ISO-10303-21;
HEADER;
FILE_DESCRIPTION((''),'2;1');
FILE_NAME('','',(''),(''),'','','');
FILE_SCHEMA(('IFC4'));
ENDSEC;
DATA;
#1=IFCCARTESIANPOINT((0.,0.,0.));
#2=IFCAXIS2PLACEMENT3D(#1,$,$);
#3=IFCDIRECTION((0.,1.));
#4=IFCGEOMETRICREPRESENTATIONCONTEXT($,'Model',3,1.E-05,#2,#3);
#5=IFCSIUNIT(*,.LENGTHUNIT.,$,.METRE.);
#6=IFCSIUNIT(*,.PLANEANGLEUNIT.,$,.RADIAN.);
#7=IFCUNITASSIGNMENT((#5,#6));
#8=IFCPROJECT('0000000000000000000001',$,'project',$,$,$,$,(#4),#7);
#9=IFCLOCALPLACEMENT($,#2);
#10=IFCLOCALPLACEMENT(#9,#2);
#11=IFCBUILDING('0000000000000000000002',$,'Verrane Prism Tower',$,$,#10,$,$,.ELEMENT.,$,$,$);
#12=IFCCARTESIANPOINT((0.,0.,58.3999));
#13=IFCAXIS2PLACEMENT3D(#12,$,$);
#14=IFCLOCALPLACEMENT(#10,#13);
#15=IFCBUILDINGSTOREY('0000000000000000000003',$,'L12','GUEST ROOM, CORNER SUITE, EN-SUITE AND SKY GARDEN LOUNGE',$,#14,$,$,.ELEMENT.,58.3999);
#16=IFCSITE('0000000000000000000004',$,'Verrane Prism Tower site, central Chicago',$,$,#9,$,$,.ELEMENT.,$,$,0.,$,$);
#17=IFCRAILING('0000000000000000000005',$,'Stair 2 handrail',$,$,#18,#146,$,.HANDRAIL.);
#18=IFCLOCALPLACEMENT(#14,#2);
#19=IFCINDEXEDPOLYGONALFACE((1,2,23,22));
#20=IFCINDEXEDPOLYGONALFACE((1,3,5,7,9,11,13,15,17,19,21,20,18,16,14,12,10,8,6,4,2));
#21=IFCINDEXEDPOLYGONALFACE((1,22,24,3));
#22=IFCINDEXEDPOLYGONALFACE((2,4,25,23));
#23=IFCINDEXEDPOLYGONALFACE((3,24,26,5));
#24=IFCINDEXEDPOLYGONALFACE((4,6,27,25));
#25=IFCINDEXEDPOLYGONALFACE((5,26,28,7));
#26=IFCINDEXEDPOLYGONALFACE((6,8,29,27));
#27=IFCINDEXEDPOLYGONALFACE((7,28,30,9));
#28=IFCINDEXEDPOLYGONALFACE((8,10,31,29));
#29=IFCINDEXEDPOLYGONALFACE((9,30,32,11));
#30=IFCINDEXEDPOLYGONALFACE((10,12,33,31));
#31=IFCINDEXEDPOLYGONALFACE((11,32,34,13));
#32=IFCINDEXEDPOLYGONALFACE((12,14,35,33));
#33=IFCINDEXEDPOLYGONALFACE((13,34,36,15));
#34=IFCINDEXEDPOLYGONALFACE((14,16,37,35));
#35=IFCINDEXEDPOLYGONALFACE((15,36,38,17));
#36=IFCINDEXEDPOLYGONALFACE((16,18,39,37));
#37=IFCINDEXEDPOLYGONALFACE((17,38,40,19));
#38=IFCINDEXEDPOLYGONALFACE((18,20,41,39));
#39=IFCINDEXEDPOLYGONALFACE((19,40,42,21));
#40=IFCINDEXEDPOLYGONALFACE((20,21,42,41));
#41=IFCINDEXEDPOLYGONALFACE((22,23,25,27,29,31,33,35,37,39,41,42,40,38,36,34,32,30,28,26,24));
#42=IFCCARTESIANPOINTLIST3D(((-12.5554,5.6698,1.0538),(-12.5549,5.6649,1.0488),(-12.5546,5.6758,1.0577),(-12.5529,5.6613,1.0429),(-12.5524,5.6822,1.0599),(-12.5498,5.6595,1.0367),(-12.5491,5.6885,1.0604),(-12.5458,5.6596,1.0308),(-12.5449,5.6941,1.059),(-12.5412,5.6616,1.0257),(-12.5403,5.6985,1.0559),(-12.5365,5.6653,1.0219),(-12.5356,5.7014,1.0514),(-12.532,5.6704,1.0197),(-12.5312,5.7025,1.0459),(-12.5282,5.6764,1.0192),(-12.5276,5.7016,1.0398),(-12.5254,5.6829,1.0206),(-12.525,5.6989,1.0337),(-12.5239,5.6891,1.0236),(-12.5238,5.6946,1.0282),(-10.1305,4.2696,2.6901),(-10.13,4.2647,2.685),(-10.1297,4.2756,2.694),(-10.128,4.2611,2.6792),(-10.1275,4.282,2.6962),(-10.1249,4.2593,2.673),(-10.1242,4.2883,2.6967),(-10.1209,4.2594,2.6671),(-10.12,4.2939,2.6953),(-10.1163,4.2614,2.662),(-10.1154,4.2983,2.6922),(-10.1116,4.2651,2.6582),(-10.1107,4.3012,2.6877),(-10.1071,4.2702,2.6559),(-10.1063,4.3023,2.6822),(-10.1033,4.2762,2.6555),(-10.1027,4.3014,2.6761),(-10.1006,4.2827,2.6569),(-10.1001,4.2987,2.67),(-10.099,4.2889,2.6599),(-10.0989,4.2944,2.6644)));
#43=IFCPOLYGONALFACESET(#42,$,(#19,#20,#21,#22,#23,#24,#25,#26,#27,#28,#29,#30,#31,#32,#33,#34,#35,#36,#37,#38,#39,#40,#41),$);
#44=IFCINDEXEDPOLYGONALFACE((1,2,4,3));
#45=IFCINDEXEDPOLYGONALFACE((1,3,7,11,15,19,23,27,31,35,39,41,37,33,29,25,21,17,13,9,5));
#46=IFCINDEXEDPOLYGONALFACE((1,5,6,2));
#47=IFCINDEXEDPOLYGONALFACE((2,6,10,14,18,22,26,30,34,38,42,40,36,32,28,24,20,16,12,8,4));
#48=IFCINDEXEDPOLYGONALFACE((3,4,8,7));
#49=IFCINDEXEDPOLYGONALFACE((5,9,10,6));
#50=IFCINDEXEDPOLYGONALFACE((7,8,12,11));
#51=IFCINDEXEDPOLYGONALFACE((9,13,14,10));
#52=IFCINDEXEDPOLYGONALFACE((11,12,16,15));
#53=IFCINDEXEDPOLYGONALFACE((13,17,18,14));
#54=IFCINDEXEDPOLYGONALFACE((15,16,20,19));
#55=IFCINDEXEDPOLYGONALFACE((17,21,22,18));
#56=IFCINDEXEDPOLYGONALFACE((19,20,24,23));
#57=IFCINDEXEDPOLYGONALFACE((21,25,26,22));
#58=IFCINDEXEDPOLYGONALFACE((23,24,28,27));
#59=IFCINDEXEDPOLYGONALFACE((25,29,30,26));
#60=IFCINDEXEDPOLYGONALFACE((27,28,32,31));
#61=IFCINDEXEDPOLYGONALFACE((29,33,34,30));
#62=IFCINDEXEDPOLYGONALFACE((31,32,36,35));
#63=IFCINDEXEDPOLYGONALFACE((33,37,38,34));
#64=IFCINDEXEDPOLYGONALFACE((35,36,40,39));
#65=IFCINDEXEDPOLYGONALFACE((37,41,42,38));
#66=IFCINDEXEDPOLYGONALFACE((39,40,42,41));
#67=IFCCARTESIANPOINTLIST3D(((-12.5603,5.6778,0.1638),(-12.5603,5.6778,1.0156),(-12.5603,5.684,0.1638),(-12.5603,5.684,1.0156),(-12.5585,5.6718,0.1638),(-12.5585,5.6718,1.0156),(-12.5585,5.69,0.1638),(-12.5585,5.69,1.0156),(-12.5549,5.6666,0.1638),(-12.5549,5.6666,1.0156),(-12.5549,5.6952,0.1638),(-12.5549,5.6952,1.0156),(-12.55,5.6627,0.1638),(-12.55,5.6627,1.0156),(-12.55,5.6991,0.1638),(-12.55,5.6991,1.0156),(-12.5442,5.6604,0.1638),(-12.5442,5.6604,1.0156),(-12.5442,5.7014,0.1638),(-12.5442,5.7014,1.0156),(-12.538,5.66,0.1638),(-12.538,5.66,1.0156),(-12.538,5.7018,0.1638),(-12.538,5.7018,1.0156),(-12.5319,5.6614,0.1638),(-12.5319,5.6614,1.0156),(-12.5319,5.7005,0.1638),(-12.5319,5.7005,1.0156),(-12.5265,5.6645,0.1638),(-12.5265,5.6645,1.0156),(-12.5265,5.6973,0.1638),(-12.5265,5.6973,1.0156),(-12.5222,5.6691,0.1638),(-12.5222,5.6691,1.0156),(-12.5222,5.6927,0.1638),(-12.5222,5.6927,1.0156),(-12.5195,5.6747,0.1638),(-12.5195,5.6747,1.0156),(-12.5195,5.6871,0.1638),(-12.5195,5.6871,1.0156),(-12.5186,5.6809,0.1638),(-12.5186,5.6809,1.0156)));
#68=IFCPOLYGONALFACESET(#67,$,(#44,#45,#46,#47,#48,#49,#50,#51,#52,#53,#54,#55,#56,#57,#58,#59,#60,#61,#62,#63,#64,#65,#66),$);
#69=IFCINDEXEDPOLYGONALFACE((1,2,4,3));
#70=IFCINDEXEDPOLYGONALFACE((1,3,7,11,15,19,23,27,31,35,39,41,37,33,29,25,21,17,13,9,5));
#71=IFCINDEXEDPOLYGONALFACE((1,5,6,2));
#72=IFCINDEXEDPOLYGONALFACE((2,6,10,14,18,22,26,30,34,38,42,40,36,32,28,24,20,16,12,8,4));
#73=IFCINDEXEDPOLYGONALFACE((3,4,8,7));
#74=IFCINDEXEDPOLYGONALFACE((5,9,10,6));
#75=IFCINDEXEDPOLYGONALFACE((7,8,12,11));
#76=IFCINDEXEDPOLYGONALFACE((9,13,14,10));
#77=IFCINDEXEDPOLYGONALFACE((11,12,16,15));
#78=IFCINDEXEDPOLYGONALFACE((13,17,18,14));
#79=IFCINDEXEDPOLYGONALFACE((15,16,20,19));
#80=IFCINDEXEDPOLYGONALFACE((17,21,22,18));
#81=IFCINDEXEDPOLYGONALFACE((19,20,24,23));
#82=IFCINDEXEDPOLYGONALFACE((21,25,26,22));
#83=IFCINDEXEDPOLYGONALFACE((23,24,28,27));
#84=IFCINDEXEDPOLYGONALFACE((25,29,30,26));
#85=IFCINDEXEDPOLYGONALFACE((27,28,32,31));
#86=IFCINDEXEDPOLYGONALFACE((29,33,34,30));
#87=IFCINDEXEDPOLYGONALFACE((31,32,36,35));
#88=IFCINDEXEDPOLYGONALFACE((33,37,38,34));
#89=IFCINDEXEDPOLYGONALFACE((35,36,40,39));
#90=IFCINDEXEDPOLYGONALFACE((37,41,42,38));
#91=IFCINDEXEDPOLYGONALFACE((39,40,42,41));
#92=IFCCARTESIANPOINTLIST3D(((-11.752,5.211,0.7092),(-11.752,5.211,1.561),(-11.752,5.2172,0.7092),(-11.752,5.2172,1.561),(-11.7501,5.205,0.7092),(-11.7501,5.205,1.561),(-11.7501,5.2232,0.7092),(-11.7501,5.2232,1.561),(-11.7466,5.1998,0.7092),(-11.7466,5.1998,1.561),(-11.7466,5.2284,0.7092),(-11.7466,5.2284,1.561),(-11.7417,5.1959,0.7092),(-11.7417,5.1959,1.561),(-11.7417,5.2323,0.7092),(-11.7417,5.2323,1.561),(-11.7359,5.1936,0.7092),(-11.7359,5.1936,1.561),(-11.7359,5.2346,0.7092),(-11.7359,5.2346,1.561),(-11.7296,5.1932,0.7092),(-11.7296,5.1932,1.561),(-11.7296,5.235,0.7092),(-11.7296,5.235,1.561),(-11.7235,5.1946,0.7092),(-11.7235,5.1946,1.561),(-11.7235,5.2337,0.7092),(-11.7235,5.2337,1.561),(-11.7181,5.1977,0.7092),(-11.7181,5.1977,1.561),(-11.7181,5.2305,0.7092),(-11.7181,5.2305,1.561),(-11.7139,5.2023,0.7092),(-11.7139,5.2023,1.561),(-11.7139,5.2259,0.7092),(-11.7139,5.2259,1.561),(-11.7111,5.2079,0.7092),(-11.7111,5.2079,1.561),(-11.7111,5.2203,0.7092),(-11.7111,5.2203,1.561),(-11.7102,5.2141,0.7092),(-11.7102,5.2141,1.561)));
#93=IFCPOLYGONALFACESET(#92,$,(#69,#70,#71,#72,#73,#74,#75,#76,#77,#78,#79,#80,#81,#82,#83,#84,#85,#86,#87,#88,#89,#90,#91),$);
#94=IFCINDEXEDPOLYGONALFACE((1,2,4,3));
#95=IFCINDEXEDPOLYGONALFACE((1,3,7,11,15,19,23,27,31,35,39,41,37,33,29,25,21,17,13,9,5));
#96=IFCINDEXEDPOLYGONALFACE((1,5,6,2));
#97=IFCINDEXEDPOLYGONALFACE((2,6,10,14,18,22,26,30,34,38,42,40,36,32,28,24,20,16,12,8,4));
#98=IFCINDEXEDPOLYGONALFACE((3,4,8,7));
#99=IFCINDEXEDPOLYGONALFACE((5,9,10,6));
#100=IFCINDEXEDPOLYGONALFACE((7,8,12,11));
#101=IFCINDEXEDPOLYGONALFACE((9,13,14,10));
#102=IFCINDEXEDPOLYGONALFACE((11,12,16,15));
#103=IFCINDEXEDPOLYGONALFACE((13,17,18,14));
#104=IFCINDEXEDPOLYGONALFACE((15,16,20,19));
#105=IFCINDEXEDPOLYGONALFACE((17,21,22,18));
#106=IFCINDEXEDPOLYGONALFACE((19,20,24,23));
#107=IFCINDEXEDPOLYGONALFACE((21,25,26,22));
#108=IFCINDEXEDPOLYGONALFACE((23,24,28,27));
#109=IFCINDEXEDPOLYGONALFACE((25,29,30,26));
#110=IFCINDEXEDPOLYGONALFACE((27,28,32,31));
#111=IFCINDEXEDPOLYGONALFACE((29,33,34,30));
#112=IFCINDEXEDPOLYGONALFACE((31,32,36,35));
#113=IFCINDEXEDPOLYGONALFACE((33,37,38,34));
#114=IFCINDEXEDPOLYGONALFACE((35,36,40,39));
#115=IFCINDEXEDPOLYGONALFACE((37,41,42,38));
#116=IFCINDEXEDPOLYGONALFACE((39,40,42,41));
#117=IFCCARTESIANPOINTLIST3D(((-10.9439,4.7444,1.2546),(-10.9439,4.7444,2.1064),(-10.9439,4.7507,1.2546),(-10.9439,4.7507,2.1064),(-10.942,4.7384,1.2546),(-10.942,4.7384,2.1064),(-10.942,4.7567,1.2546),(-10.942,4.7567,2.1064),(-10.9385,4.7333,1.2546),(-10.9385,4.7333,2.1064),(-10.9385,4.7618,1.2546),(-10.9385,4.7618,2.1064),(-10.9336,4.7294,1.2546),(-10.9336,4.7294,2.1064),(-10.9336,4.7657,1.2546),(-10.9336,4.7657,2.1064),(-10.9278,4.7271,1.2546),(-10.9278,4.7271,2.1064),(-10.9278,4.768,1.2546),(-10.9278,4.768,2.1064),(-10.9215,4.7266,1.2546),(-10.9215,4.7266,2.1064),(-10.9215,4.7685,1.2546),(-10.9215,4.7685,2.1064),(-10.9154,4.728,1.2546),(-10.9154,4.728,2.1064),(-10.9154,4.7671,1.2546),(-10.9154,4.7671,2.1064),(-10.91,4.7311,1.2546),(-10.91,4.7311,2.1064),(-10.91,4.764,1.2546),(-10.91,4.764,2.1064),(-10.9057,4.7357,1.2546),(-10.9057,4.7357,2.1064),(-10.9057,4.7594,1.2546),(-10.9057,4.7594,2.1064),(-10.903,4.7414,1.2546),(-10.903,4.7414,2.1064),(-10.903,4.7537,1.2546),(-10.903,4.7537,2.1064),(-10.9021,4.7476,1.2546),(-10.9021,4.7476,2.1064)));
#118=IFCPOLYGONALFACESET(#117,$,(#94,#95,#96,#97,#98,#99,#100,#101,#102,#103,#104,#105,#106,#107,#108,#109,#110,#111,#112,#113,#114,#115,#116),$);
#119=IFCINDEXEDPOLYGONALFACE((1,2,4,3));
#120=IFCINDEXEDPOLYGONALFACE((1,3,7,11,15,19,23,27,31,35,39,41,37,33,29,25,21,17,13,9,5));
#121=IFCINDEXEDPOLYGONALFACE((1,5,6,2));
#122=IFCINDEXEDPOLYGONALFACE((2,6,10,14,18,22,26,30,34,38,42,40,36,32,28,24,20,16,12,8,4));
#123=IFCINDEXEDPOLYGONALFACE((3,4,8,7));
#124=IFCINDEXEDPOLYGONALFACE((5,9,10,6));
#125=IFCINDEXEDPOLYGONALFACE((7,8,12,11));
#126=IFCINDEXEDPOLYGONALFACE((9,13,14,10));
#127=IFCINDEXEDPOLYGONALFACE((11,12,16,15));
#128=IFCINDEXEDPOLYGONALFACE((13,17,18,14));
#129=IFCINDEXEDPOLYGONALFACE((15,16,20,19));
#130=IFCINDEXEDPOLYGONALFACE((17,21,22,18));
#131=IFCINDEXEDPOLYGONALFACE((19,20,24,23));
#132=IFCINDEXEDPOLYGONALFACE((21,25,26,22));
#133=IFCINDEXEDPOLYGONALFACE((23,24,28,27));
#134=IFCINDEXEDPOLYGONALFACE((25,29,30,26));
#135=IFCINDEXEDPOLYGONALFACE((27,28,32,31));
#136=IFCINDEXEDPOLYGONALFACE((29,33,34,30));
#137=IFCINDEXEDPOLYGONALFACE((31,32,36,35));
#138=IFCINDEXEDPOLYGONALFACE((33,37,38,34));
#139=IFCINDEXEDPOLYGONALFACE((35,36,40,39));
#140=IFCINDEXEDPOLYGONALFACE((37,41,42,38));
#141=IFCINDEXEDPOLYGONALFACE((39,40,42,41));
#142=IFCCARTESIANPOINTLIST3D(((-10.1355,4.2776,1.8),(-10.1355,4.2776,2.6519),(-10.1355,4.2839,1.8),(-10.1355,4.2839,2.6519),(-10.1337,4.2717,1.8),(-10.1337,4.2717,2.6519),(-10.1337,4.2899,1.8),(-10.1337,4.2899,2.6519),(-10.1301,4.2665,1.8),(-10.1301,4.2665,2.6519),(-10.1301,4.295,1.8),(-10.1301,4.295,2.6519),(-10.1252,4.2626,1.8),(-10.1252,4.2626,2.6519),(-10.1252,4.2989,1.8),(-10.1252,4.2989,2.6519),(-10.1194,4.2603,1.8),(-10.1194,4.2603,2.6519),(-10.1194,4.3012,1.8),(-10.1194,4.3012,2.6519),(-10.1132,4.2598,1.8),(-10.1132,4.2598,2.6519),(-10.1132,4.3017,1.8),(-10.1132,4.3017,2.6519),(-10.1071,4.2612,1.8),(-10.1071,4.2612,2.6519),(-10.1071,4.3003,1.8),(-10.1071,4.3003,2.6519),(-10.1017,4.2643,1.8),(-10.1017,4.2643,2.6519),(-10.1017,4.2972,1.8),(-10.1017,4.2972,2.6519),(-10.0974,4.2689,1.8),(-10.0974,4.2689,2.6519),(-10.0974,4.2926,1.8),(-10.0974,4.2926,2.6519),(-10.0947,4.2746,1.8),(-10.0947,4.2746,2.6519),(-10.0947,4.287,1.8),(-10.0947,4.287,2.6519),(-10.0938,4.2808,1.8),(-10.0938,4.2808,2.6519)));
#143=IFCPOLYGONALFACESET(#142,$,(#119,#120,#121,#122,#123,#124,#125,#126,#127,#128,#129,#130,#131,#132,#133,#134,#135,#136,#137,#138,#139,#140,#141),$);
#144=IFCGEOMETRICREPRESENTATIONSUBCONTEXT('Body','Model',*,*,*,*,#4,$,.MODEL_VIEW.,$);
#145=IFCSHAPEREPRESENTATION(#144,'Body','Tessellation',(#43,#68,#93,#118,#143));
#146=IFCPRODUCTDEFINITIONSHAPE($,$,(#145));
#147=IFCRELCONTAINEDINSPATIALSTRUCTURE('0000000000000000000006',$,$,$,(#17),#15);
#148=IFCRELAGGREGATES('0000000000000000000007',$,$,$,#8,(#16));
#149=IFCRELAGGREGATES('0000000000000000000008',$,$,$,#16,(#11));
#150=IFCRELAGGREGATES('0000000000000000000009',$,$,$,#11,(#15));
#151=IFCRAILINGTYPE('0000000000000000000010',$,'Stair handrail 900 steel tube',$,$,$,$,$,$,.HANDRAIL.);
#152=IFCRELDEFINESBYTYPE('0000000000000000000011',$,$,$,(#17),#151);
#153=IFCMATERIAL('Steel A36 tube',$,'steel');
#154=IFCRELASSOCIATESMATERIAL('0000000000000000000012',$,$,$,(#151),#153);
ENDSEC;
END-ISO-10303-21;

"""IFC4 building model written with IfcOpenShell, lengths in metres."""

from ifc_helpers import new_model, si_unit, direction, frame, origin, origin_2d, place, context, subcontext, project, spatial, circle, extrude, material, type_object, element, save


model = new_model("IFC4")

# Units and contexts
model_context = context("Model", 3, precision=1e-05, world=origin(), true_north=direction((0.0, 1.0)))
body_context = subcontext(model_context, "Body", "Model", "MODEL_VIEW")
ifc_project = project(units=[si_unit("LENGTHUNIT", "METRE"), si_unit("PLANEANGLEUNIT", "RADIAN")], contexts=[model_context])

# Site, building, storey
site_placement = place(None, origin())
site = spatial("IfcSite", under=ifc_project, at=site_placement, Name="Verrane Prism Tower site, central Chicago", CompositionType="ELEMENT", RefElevation=0.0)
building_placement = place(site_placement, origin())
building = spatial("IfcBuilding", under=site, at=building_placement, Name="Verrane Prism Tower", CompositionType="ELEMENT")
storey_placement = place(building_placement, frame((0.0, 0.0, 58.3999)))
storey = spatial("IfcBuildingStorey", under=building, at=storey_placement, Name="L12", Description="GUEST ROOM, CORNER SUITE, EN-SUITE AND SKY GARDEN LOUNGE", CompositionType="ELEMENT", Elevation=58.3999)

# Railing
ifc_material_1 = material(Name="Steel A36 tube", Category="steel")
railing_type_1 = type_object("IfcRailingType", Name="Stair handrail 900 steel tube", PredefinedType="HANDRAIL", material=ifc_material_1)
railing_1_placement = place(storey_placement, frame((-12.5396, 5.6809, 0.1638)))
element("IfcRailing", 1, at=railing_1_placement, inside=storey, type_object=railing_type_1, Name="Stair 2 handrail", PredefinedType="HANDRAIL", context=body_context, shape_type="SweptSolid", body=[
    extrude(circle(Radius=0.0239, at=origin_2d()), frame((0.0, 0.0, 0.876), z_axis=(0.747694, -0.431738, 0.504535), x_axis=(0.50005, 0.865997, 0.0)), (0.0, 0.0, 1.0), 3.2432),
    extrude(circle(Radius=0.021, at=origin_2d()), origin(), (0.0, 0.0, 1.0), 0.8518),
    extrude(circle(Radius=0.021, at=origin_2d()), frame((0.8083, -0.4668, 0.5454)), (0.0, 0.0, 1.0), 0.8518),
    extrude(circle(Radius=0.021, at=origin_2d()), frame((1.6165, -0.9333, 1.0908)), (0.0, 0.0, 1.0), 0.8518),
    extrude(circle(Radius=0.021, at=origin_2d()), frame((2.4248, -1.4001, 1.6362)), (0.0, 0.0, 1.0), 0.8518),
])

save(model, "model.ifc")
